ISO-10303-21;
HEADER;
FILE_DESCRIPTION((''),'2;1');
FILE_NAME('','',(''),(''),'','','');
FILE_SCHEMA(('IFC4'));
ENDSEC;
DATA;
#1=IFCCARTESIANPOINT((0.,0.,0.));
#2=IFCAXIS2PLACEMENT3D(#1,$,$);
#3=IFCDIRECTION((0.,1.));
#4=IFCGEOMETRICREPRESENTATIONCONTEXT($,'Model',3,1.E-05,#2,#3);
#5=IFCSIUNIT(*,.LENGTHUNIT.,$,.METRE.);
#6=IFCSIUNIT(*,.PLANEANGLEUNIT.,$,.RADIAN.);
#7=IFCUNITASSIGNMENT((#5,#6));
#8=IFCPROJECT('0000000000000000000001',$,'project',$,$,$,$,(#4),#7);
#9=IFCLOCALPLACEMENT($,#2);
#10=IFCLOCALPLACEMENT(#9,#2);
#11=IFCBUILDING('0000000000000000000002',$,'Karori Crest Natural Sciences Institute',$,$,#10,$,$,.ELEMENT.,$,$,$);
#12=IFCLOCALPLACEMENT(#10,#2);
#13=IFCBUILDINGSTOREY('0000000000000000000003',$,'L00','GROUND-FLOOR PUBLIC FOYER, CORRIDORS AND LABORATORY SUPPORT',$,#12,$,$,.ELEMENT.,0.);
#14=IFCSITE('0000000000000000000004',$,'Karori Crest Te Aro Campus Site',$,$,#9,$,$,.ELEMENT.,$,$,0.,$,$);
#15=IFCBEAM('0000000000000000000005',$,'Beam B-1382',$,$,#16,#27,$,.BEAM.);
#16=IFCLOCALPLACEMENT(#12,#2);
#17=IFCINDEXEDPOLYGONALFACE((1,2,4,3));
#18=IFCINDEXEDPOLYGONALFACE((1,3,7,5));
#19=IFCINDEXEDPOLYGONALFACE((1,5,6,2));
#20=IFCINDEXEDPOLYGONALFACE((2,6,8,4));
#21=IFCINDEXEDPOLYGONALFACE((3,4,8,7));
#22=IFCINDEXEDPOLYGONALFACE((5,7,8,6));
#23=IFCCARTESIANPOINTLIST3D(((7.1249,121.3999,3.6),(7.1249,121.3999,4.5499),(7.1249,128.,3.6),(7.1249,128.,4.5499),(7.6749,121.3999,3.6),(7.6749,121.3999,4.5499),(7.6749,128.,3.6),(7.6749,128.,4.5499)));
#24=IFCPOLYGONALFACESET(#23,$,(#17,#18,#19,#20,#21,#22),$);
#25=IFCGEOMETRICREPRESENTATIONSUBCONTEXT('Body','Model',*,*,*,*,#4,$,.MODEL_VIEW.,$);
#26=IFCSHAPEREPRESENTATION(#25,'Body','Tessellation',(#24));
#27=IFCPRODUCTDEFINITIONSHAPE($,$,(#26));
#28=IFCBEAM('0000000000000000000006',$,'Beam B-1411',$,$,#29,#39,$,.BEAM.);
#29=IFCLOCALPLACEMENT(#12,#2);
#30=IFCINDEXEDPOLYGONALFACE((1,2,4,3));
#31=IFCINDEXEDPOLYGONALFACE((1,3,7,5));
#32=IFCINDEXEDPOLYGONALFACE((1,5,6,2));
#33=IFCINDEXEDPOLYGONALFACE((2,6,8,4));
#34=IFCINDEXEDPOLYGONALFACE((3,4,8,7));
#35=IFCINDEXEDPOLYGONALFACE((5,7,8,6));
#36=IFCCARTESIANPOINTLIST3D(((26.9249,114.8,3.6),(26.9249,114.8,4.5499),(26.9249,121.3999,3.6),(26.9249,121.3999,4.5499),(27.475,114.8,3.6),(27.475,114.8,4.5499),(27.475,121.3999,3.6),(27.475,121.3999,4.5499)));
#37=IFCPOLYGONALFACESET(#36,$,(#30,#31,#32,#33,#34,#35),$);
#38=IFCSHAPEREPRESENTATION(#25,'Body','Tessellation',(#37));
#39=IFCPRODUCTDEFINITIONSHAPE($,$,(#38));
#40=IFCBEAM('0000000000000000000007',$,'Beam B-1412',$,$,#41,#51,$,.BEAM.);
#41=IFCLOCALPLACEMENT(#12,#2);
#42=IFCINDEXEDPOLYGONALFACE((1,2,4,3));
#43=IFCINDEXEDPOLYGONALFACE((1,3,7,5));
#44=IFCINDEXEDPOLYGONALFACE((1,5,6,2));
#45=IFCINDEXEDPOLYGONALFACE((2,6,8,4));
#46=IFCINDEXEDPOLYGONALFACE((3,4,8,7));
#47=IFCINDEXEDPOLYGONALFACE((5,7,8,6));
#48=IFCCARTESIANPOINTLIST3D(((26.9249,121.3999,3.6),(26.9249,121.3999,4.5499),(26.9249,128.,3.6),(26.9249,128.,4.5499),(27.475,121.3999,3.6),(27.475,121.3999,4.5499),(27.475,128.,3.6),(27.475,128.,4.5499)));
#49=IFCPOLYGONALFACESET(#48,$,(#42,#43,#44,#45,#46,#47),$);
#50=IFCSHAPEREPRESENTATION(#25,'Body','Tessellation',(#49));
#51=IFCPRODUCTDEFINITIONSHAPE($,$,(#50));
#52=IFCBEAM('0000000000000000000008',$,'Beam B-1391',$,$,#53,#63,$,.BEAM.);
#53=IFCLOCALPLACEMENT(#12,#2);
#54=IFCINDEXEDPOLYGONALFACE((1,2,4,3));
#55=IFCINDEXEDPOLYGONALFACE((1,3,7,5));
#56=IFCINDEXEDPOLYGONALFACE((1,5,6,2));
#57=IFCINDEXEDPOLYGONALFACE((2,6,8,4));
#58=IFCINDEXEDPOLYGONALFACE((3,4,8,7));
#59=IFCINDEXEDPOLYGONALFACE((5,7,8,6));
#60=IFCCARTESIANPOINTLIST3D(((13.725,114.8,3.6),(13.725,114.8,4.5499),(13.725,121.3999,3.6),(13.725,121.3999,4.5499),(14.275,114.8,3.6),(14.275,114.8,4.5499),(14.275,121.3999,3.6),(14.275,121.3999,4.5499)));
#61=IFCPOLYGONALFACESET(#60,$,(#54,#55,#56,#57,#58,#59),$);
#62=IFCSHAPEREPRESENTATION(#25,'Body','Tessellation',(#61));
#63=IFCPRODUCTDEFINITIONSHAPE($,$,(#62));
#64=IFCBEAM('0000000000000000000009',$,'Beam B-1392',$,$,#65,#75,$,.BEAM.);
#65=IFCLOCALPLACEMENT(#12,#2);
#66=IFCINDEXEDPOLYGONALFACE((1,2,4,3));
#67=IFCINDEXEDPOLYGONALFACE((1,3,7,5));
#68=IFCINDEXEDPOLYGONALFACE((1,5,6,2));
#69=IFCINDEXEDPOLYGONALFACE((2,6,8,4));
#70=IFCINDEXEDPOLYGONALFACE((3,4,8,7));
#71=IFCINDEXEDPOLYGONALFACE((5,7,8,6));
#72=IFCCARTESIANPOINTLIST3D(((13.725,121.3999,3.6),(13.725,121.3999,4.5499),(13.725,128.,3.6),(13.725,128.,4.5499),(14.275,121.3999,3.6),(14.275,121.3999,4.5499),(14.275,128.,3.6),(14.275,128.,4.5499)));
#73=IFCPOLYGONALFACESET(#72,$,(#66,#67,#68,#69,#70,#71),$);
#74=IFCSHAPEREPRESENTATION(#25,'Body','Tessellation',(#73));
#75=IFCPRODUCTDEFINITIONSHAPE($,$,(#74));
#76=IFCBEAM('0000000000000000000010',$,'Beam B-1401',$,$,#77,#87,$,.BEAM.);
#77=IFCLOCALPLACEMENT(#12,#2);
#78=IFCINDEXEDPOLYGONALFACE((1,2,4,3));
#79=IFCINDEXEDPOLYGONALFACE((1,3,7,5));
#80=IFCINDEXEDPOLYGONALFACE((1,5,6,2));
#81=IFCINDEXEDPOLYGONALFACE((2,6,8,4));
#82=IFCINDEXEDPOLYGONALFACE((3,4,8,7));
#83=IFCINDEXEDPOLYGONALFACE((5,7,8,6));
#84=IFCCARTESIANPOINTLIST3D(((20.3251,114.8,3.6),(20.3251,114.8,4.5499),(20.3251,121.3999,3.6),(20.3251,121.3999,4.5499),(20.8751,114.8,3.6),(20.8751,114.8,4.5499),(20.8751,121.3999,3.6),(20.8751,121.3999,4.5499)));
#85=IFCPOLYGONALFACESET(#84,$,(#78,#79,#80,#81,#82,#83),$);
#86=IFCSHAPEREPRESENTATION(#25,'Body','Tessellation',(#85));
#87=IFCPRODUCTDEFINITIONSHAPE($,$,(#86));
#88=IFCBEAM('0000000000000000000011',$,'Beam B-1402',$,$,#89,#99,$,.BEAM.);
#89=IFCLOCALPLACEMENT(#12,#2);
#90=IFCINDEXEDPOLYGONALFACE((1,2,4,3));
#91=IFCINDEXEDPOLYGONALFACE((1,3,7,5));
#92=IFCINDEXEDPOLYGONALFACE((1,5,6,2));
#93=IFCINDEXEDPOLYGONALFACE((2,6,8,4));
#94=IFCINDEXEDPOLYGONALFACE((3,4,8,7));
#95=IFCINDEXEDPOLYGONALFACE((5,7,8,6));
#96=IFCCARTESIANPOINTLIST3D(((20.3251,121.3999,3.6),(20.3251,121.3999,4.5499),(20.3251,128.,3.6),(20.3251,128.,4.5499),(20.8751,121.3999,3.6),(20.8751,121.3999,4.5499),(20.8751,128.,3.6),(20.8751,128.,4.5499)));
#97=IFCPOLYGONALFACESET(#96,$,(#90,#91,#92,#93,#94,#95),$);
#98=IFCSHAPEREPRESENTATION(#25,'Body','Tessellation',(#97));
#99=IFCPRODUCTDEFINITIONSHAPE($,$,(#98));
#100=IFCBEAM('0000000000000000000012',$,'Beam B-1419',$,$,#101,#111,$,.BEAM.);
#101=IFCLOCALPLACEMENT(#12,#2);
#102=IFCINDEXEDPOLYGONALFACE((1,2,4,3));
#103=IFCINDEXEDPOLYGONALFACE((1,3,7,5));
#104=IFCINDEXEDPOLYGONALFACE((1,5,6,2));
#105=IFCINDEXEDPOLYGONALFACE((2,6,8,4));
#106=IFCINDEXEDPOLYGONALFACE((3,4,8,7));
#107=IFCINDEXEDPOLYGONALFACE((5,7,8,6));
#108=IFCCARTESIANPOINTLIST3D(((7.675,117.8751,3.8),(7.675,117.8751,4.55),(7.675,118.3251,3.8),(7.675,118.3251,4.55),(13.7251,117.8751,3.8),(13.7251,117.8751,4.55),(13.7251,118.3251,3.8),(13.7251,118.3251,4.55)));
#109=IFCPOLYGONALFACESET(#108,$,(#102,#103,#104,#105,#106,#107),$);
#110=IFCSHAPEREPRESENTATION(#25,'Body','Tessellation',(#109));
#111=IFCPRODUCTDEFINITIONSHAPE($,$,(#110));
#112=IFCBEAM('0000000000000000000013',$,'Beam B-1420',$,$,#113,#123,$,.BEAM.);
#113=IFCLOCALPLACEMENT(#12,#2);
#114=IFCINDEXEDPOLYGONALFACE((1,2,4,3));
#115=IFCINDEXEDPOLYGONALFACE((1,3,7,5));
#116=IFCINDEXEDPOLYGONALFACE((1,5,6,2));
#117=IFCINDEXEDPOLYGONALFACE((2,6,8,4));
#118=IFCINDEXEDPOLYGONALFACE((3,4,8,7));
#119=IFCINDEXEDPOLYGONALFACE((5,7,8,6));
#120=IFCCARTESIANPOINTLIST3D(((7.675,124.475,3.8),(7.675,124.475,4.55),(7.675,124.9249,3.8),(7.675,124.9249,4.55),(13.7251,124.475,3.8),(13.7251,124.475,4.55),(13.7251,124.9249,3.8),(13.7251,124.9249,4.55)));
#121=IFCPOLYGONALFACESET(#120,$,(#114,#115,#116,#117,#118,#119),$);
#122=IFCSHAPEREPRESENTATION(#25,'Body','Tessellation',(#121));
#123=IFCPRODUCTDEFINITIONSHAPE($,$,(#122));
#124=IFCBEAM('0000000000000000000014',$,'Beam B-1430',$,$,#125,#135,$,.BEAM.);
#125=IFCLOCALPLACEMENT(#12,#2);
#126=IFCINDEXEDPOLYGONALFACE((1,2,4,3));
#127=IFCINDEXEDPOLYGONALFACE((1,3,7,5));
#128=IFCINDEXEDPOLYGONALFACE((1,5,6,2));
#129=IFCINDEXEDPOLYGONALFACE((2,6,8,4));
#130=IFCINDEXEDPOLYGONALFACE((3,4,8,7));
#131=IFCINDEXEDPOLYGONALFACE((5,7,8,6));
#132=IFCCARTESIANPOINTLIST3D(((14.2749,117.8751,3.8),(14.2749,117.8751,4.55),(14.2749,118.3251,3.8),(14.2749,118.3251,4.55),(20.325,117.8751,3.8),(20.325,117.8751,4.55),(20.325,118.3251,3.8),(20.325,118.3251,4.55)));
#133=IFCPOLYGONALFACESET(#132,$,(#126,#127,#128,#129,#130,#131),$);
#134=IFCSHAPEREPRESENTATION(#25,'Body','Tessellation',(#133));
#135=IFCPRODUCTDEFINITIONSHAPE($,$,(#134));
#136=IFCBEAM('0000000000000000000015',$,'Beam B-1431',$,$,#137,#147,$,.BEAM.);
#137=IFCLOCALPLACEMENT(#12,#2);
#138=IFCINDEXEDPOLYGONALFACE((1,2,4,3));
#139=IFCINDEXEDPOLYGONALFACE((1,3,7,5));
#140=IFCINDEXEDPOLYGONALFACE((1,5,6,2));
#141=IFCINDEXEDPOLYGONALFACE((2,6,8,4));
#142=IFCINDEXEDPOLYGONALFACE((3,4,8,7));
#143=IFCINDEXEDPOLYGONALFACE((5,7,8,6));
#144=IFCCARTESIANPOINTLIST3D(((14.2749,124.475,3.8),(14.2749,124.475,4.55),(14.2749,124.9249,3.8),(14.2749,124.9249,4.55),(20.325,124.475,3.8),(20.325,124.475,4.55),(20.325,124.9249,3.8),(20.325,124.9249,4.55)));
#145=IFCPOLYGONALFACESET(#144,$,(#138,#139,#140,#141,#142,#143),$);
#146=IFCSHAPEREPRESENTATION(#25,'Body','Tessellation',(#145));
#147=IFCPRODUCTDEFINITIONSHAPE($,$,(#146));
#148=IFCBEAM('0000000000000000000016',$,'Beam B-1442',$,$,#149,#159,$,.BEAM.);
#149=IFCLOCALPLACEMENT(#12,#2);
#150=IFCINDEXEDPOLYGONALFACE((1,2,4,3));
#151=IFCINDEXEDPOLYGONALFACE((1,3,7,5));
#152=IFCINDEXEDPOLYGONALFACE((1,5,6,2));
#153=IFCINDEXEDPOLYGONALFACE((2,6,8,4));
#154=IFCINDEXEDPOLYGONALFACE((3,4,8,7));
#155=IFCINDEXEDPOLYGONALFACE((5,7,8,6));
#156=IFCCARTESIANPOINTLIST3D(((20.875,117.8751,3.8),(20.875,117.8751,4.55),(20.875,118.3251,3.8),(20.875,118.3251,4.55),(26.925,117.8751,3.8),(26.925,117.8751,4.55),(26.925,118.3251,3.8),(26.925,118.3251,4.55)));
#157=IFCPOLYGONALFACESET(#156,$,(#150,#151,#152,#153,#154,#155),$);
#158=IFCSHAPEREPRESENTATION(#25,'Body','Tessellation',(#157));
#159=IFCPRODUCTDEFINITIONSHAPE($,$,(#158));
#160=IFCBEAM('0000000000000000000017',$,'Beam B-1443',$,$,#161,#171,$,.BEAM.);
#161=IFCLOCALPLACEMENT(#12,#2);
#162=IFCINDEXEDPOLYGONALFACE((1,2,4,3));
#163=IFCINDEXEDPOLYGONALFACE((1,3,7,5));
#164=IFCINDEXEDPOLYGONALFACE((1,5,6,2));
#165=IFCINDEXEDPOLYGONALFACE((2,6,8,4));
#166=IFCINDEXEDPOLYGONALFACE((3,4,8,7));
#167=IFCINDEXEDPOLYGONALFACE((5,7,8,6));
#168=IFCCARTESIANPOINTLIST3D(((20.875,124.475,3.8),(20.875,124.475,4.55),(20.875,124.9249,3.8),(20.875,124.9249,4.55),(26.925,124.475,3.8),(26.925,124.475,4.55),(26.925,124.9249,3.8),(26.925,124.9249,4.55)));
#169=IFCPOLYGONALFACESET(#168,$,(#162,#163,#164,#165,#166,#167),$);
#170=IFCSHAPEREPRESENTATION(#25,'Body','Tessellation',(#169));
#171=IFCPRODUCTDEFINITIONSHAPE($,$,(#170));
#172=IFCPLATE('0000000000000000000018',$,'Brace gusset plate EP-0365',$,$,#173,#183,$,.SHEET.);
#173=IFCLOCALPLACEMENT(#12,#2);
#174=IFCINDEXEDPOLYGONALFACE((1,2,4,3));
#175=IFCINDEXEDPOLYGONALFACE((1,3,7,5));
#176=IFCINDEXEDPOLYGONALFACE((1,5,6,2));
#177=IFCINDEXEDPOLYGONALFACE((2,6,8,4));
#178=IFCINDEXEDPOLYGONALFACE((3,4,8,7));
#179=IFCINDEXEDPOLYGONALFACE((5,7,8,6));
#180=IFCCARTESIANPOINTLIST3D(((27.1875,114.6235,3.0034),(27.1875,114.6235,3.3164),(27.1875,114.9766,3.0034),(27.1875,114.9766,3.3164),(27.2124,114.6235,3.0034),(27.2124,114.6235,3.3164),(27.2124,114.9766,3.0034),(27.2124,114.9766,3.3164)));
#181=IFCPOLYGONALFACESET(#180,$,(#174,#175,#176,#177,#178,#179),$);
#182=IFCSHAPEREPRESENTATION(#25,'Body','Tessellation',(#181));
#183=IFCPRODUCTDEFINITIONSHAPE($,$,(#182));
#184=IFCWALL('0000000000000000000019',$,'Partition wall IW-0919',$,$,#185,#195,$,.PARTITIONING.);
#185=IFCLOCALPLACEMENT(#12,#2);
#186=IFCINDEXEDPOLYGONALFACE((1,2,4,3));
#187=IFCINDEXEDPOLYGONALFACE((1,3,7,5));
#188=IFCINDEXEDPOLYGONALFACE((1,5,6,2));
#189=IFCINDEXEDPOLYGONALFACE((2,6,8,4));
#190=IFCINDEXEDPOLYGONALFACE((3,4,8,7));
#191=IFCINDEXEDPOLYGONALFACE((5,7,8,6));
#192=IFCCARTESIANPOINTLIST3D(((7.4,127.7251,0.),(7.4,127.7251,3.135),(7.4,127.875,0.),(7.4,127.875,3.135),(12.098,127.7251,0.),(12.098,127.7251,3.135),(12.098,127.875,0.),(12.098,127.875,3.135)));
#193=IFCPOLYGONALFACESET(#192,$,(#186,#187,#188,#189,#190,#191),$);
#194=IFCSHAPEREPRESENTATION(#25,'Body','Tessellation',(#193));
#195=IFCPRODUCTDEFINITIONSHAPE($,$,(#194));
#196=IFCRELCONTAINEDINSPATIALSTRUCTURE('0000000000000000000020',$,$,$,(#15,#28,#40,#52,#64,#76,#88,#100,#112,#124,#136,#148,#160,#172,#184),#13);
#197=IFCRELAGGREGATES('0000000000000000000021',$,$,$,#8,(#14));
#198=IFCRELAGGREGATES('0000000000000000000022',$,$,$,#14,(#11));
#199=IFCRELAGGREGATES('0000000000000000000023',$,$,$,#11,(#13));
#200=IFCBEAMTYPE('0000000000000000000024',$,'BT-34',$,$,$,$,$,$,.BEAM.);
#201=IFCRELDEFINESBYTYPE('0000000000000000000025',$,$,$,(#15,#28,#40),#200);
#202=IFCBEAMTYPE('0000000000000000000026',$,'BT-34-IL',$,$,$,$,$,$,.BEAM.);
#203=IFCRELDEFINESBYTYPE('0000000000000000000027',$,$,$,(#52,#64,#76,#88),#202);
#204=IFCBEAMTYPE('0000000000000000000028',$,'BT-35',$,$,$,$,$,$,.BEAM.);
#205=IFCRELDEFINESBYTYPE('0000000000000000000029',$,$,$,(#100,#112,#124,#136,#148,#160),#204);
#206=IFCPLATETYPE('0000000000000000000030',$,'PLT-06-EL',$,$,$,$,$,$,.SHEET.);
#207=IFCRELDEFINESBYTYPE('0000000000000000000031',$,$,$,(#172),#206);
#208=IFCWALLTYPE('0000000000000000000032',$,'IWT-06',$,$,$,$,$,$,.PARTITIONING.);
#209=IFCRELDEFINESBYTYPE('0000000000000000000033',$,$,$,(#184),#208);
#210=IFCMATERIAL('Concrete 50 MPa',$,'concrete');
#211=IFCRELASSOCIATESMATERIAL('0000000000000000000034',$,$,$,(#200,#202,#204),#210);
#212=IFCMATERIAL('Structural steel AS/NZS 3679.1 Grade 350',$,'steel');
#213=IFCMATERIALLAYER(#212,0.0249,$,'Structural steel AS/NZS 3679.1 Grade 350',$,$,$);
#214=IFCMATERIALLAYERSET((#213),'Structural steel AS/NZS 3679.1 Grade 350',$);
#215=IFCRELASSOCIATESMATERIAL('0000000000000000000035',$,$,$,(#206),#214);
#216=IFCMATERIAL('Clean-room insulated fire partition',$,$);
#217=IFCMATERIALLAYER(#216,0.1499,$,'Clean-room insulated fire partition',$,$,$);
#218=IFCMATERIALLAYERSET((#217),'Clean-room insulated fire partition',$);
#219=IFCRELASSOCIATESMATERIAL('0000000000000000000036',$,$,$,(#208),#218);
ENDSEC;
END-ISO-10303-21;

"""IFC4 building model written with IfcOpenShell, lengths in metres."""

from ifc_helpers import new_model, si_unit, direction, frame, frame_2d, origin, origin_2d, place, context, subcontext, project, spatial, rectangle, extrude, material, layer, layer_set, material_profile, profile_set, type_object, element, save


model = new_model("IFC4")

# Units and contexts
model_context = context("Model", 3, precision=1e-05, world=origin(), true_north=direction((0.0, 1.0)))
body_context = subcontext(model_context, "Body", "Model", "MODEL_VIEW")
ifc_project = project(units=[si_unit("LENGTHUNIT", "METRE"), si_unit("PLANEANGLEUNIT", "RADIAN")], contexts=[model_context])

# Site, building, storey
site_placement = place(None, origin())
site = spatial("IfcSite", under=ifc_project, at=site_placement, Name="Karori Crest Te Aro Campus Site", CompositionType="ELEMENT", RefElevation=0.0)
building_placement = place(site_placement, origin())
building = spatial("IfcBuilding", under=site, at=building_placement, Name="Karori Crest Natural Sciences Institute", CompositionType="ELEMENT")
storey_placement = place(building_placement, origin())
storey = spatial("IfcBuildingStorey", under=building, at=storey_placement, Name="L00", Description="GROUND-FLOOR PUBLIC FOYER, CORRIDORS AND LABORATORY SUPPORT", CompositionType="ELEMENT", Elevation=0.0)

# Shared definitions
ifc_material_1 = material(Name="Concrete 50 MPa", Category="concrete")

# Beams
ifc_material_2 = material(Name="Structural steel AS/NZS 3679.1 Grade 350", Category="steel")
ifc_material_profile_1 = material_profile(ifc_material_1, rectangle(XDim=0.55, YDim=0.95, at=origin_2d()), Name="RCB550x950")
ifc_profile_set_1 = profile_set([ifc_material_profile_1], Name="Concrete 50 MPa")
beam_type_1 = type_object("IfcBeamType", Name="BT-34", PredefinedType="BEAM", material=ifc_profile_set_1)
beam_1_placement = place(storey_placement, frame((7.3999, 121.3999, 4.075), z_axis=(0.0, 1.0, 0.0), x_axis=(-1.0, 0.0, 0.0)))
element("IfcBeam", 1, at=beam_1_placement, inside=storey, type_object=beam_type_1, Name="Beam B-1382", PredefinedType="BEAM", context=body_context, shape_type="SweptSolid", body=[
    extrude(rectangle(XDim=0.55, YDim=0.95, at=origin_2d()), origin(), (0.0, 0.0, 1.0), 6.6001),
])
beam_2_placement = place(storey_placement, frame((27.2, 114.8, 4.075), z_axis=(0.0, 1.0, 0.0), x_axis=(-1.0, 0.0, 0.0)))
element("IfcBeam", 2, at=beam_2_placement, inside=storey, type_object=beam_type_1, Name="Beam B-1411", PredefinedType="BEAM", context=body_context, shape_type="SweptSolid", body=[
    extrude(rectangle(XDim=0.55, YDim=0.95, at=origin_2d()), origin(), (0.0, 0.0, 1.0), 6.5999),
])
beam_3_placement = place(storey_placement, frame((27.2, 121.3999, 4.075), z_axis=(0.0, 1.0, 0.0), x_axis=(-1.0, 0.0, 0.0)))
element("IfcBeam", 3, at=beam_3_placement, inside=storey, type_object=beam_type_1, Name="Beam B-1412", PredefinedType="BEAM", context=body_context, shape_type="SweptSolid", body=[
    extrude(rectangle(XDim=0.55, YDim=0.95, at=origin_2d()), origin(), (0.0, 0.0, 1.0), 6.6001),
])
ifc_material_profile_2 = material_profile(ifc_material_1, rectangle(XDim=0.55, YDim=0.95, at=origin_2d()), Name="RCB550x950")
ifc_profile_set_2 = profile_set([ifc_material_profile_2], Name="Concrete 50 MPa")
beam_type_2 = type_object("IfcBeamType", Name="BT-34-IL", PredefinedType="BEAM", material=ifc_profile_set_2)
beam_4_placement = place(storey_placement, frame((14.0, 114.8, 4.075), z_axis=(0.0, 1.0, 0.0), x_axis=(-1.0, 0.0, 0.0)))
element("IfcBeam", 4, at=beam_4_placement, inside=storey, type_object=beam_type_2, Name="Beam B-1391", PredefinedType="BEAM", context=body_context, shape_type="SweptSolid", body=[
    extrude(rectangle(XDim=0.55, YDim=0.95, at=origin_2d()), origin(), (0.0, 0.0, 1.0), 6.5999),
])
beam_5_placement = place(storey_placement, frame((14.0, 121.3999, 4.075), z_axis=(0.0, 1.0, 0.0), x_axis=(-1.0, 0.0, 0.0)))
element("IfcBeam", 5, at=beam_5_placement, inside=storey, type_object=beam_type_2, Name="Beam B-1392", PredefinedType="BEAM", context=body_context, shape_type="SweptSolid", body=[
    extrude(rectangle(XDim=0.55, YDim=0.95, at=origin_2d()), origin(), (0.0, 0.0, 1.0), 6.6001),
])
beam_6_placement = place(storey_placement, frame((20.6001, 114.8, 4.075), z_axis=(0.0, 1.0, 0.0), x_axis=(-1.0, 0.0, 0.0)))
element("IfcBeam", 6, at=beam_6_placement, inside=storey, type_object=beam_type_2, Name="Beam B-1401", PredefinedType="BEAM", context=body_context, shape_type="SweptSolid", body=[
    extrude(rectangle(XDim=0.55, YDim=0.95, at=origin_2d()), origin(), (0.0, 0.0, 1.0), 6.5999),
])
beam_7_placement = place(storey_placement, frame((20.6001, 121.3999, 4.075), z_axis=(0.0, 1.0, 0.0), x_axis=(-1.0, 0.0, 0.0)))
element("IfcBeam", 7, at=beam_7_placement, inside=storey, type_object=beam_type_2, Name="Beam B-1402", PredefinedType="BEAM", context=body_context, shape_type="SweptSolid", body=[
    extrude(rectangle(XDim=0.55, YDim=0.95, at=origin_2d()), origin(), (0.0, 0.0, 1.0), 6.6001),
])
ifc_material_profile_3 = material_profile(ifc_material_1, rectangle(XDim=0.45, YDim=0.75, at=origin_2d()), Name="RCB450x750")
ifc_profile_set_3 = profile_set([ifc_material_profile_3], Name="Concrete 50 MPa")
beam_type_3 = type_object("IfcBeamType", Name="BT-35", PredefinedType="BEAM", material=ifc_profile_set_3)
for number, where, z_axis, x_axis, name in (
    (8, (7.675, 118.1001, 4.175), (1.0, 0.0, 0.0), (0.0, 1.0, 0.0), "Beam B-1419"),
    (9, (7.675, 124.7, 4.175), (1.0, 0.0, 0.0), (0.0, 1.0, 0.0), "Beam B-1420"),
    (10, (14.2749, 118.1001, 4.175), (1.0, 0.0, 0.0), (0.0, 1.0, 0.0), "Beam B-1430"),
    (11, (14.2749, 124.7, 4.175), (1.0, 0.0, 0.0), (0.0, 1.0, 0.0), "Beam B-1431"),
    (12, (20.875, 118.1001, 4.175), (1.0, 0.0, 0.0), (0.0, 1.0, 0.0), "Beam B-1442"),
    (13, (20.875, 124.7, 4.175), (1.0, 0.0, 0.0), (0.0, 1.0, 0.0), "Beam B-1443"),
):
    element("IfcBeam", number, at=place(storey_placement, frame(where, z_axis=z_axis, x_axis=x_axis)), inside=storey, type_object=beam_type_3, Name=name, PredefinedType="BEAM", context=body_context, shape_type="SweptSolid", body=[
        extrude(rectangle(XDim=0.45, YDim=0.75, at=origin_2d()), origin(), (0.0, 0.0, 1.0), 6.05),
    ])

# Plate
ifc_layer_1 = layer(ifc_material_2, 0.0249, Name="Structural steel AS/NZS 3679.1 Grade 350")
ifc_layer_set_1 = layer_set([ifc_layer_1], Name="Structural steel AS/NZS 3679.1 Grade 350")
plate_type = type_object("IfcPlateType", Name="PLT-06-EL", PredefinedType="SHEET", material=ifc_layer_set_1)
plate_placement = place(storey_placement, frame((27.2, 114.8, 3.0034), z_axis=(0.0, 0.0, 1.0), x_axis=(0.0, 1.0, 0.0)))
element("IfcPlate", 14, at=plate_placement, inside=storey, type_object=plate_type, Name="Brace gusset plate EP-0365", PredefinedType="SHEET", context=body_context, shape_type="SweptSolid", body=[
    extrude(rectangle(XDim=0.353, YDim=0.0249, at=origin_2d()), origin(), (0.0, 0.0, 1.0), 0.313),
])

# Wall
ifc_material_3 = material(Name="Clean-room insulated fire partition")
ifc_layer_2 = layer(ifc_material_3, 0.1499, Name="Clean-room insulated fire partition")
ifc_layer_set_2 = layer_set([ifc_layer_2], Name="Clean-room insulated fire partition")
wall_type = type_object("IfcWallType", Name="IWT-06", PredefinedType="PARTITIONING", material=ifc_layer_set_2)
wall_1_placement = place(storey_placement, frame((7.3999, 127.8, 0.0), z_axis=(0.0, 0.0, 1.0), x_axis=(1.0, 0.0, 0.0)))
element("IfcWall", 15, at=wall_1_placement, inside=storey, type_object=wall_type, Name="Partition wall IW-0919", PredefinedType="PARTITIONING", context=body_context, shape_type="SweptSolid", body=[
    extrude(rectangle(XDim=4.698, YDim=0.1499, at=frame_2d((2.3491, 0.0))), origin(), (0.0, 0.0, 1.0), 3.135),
])

save(model, "model.ifc")
